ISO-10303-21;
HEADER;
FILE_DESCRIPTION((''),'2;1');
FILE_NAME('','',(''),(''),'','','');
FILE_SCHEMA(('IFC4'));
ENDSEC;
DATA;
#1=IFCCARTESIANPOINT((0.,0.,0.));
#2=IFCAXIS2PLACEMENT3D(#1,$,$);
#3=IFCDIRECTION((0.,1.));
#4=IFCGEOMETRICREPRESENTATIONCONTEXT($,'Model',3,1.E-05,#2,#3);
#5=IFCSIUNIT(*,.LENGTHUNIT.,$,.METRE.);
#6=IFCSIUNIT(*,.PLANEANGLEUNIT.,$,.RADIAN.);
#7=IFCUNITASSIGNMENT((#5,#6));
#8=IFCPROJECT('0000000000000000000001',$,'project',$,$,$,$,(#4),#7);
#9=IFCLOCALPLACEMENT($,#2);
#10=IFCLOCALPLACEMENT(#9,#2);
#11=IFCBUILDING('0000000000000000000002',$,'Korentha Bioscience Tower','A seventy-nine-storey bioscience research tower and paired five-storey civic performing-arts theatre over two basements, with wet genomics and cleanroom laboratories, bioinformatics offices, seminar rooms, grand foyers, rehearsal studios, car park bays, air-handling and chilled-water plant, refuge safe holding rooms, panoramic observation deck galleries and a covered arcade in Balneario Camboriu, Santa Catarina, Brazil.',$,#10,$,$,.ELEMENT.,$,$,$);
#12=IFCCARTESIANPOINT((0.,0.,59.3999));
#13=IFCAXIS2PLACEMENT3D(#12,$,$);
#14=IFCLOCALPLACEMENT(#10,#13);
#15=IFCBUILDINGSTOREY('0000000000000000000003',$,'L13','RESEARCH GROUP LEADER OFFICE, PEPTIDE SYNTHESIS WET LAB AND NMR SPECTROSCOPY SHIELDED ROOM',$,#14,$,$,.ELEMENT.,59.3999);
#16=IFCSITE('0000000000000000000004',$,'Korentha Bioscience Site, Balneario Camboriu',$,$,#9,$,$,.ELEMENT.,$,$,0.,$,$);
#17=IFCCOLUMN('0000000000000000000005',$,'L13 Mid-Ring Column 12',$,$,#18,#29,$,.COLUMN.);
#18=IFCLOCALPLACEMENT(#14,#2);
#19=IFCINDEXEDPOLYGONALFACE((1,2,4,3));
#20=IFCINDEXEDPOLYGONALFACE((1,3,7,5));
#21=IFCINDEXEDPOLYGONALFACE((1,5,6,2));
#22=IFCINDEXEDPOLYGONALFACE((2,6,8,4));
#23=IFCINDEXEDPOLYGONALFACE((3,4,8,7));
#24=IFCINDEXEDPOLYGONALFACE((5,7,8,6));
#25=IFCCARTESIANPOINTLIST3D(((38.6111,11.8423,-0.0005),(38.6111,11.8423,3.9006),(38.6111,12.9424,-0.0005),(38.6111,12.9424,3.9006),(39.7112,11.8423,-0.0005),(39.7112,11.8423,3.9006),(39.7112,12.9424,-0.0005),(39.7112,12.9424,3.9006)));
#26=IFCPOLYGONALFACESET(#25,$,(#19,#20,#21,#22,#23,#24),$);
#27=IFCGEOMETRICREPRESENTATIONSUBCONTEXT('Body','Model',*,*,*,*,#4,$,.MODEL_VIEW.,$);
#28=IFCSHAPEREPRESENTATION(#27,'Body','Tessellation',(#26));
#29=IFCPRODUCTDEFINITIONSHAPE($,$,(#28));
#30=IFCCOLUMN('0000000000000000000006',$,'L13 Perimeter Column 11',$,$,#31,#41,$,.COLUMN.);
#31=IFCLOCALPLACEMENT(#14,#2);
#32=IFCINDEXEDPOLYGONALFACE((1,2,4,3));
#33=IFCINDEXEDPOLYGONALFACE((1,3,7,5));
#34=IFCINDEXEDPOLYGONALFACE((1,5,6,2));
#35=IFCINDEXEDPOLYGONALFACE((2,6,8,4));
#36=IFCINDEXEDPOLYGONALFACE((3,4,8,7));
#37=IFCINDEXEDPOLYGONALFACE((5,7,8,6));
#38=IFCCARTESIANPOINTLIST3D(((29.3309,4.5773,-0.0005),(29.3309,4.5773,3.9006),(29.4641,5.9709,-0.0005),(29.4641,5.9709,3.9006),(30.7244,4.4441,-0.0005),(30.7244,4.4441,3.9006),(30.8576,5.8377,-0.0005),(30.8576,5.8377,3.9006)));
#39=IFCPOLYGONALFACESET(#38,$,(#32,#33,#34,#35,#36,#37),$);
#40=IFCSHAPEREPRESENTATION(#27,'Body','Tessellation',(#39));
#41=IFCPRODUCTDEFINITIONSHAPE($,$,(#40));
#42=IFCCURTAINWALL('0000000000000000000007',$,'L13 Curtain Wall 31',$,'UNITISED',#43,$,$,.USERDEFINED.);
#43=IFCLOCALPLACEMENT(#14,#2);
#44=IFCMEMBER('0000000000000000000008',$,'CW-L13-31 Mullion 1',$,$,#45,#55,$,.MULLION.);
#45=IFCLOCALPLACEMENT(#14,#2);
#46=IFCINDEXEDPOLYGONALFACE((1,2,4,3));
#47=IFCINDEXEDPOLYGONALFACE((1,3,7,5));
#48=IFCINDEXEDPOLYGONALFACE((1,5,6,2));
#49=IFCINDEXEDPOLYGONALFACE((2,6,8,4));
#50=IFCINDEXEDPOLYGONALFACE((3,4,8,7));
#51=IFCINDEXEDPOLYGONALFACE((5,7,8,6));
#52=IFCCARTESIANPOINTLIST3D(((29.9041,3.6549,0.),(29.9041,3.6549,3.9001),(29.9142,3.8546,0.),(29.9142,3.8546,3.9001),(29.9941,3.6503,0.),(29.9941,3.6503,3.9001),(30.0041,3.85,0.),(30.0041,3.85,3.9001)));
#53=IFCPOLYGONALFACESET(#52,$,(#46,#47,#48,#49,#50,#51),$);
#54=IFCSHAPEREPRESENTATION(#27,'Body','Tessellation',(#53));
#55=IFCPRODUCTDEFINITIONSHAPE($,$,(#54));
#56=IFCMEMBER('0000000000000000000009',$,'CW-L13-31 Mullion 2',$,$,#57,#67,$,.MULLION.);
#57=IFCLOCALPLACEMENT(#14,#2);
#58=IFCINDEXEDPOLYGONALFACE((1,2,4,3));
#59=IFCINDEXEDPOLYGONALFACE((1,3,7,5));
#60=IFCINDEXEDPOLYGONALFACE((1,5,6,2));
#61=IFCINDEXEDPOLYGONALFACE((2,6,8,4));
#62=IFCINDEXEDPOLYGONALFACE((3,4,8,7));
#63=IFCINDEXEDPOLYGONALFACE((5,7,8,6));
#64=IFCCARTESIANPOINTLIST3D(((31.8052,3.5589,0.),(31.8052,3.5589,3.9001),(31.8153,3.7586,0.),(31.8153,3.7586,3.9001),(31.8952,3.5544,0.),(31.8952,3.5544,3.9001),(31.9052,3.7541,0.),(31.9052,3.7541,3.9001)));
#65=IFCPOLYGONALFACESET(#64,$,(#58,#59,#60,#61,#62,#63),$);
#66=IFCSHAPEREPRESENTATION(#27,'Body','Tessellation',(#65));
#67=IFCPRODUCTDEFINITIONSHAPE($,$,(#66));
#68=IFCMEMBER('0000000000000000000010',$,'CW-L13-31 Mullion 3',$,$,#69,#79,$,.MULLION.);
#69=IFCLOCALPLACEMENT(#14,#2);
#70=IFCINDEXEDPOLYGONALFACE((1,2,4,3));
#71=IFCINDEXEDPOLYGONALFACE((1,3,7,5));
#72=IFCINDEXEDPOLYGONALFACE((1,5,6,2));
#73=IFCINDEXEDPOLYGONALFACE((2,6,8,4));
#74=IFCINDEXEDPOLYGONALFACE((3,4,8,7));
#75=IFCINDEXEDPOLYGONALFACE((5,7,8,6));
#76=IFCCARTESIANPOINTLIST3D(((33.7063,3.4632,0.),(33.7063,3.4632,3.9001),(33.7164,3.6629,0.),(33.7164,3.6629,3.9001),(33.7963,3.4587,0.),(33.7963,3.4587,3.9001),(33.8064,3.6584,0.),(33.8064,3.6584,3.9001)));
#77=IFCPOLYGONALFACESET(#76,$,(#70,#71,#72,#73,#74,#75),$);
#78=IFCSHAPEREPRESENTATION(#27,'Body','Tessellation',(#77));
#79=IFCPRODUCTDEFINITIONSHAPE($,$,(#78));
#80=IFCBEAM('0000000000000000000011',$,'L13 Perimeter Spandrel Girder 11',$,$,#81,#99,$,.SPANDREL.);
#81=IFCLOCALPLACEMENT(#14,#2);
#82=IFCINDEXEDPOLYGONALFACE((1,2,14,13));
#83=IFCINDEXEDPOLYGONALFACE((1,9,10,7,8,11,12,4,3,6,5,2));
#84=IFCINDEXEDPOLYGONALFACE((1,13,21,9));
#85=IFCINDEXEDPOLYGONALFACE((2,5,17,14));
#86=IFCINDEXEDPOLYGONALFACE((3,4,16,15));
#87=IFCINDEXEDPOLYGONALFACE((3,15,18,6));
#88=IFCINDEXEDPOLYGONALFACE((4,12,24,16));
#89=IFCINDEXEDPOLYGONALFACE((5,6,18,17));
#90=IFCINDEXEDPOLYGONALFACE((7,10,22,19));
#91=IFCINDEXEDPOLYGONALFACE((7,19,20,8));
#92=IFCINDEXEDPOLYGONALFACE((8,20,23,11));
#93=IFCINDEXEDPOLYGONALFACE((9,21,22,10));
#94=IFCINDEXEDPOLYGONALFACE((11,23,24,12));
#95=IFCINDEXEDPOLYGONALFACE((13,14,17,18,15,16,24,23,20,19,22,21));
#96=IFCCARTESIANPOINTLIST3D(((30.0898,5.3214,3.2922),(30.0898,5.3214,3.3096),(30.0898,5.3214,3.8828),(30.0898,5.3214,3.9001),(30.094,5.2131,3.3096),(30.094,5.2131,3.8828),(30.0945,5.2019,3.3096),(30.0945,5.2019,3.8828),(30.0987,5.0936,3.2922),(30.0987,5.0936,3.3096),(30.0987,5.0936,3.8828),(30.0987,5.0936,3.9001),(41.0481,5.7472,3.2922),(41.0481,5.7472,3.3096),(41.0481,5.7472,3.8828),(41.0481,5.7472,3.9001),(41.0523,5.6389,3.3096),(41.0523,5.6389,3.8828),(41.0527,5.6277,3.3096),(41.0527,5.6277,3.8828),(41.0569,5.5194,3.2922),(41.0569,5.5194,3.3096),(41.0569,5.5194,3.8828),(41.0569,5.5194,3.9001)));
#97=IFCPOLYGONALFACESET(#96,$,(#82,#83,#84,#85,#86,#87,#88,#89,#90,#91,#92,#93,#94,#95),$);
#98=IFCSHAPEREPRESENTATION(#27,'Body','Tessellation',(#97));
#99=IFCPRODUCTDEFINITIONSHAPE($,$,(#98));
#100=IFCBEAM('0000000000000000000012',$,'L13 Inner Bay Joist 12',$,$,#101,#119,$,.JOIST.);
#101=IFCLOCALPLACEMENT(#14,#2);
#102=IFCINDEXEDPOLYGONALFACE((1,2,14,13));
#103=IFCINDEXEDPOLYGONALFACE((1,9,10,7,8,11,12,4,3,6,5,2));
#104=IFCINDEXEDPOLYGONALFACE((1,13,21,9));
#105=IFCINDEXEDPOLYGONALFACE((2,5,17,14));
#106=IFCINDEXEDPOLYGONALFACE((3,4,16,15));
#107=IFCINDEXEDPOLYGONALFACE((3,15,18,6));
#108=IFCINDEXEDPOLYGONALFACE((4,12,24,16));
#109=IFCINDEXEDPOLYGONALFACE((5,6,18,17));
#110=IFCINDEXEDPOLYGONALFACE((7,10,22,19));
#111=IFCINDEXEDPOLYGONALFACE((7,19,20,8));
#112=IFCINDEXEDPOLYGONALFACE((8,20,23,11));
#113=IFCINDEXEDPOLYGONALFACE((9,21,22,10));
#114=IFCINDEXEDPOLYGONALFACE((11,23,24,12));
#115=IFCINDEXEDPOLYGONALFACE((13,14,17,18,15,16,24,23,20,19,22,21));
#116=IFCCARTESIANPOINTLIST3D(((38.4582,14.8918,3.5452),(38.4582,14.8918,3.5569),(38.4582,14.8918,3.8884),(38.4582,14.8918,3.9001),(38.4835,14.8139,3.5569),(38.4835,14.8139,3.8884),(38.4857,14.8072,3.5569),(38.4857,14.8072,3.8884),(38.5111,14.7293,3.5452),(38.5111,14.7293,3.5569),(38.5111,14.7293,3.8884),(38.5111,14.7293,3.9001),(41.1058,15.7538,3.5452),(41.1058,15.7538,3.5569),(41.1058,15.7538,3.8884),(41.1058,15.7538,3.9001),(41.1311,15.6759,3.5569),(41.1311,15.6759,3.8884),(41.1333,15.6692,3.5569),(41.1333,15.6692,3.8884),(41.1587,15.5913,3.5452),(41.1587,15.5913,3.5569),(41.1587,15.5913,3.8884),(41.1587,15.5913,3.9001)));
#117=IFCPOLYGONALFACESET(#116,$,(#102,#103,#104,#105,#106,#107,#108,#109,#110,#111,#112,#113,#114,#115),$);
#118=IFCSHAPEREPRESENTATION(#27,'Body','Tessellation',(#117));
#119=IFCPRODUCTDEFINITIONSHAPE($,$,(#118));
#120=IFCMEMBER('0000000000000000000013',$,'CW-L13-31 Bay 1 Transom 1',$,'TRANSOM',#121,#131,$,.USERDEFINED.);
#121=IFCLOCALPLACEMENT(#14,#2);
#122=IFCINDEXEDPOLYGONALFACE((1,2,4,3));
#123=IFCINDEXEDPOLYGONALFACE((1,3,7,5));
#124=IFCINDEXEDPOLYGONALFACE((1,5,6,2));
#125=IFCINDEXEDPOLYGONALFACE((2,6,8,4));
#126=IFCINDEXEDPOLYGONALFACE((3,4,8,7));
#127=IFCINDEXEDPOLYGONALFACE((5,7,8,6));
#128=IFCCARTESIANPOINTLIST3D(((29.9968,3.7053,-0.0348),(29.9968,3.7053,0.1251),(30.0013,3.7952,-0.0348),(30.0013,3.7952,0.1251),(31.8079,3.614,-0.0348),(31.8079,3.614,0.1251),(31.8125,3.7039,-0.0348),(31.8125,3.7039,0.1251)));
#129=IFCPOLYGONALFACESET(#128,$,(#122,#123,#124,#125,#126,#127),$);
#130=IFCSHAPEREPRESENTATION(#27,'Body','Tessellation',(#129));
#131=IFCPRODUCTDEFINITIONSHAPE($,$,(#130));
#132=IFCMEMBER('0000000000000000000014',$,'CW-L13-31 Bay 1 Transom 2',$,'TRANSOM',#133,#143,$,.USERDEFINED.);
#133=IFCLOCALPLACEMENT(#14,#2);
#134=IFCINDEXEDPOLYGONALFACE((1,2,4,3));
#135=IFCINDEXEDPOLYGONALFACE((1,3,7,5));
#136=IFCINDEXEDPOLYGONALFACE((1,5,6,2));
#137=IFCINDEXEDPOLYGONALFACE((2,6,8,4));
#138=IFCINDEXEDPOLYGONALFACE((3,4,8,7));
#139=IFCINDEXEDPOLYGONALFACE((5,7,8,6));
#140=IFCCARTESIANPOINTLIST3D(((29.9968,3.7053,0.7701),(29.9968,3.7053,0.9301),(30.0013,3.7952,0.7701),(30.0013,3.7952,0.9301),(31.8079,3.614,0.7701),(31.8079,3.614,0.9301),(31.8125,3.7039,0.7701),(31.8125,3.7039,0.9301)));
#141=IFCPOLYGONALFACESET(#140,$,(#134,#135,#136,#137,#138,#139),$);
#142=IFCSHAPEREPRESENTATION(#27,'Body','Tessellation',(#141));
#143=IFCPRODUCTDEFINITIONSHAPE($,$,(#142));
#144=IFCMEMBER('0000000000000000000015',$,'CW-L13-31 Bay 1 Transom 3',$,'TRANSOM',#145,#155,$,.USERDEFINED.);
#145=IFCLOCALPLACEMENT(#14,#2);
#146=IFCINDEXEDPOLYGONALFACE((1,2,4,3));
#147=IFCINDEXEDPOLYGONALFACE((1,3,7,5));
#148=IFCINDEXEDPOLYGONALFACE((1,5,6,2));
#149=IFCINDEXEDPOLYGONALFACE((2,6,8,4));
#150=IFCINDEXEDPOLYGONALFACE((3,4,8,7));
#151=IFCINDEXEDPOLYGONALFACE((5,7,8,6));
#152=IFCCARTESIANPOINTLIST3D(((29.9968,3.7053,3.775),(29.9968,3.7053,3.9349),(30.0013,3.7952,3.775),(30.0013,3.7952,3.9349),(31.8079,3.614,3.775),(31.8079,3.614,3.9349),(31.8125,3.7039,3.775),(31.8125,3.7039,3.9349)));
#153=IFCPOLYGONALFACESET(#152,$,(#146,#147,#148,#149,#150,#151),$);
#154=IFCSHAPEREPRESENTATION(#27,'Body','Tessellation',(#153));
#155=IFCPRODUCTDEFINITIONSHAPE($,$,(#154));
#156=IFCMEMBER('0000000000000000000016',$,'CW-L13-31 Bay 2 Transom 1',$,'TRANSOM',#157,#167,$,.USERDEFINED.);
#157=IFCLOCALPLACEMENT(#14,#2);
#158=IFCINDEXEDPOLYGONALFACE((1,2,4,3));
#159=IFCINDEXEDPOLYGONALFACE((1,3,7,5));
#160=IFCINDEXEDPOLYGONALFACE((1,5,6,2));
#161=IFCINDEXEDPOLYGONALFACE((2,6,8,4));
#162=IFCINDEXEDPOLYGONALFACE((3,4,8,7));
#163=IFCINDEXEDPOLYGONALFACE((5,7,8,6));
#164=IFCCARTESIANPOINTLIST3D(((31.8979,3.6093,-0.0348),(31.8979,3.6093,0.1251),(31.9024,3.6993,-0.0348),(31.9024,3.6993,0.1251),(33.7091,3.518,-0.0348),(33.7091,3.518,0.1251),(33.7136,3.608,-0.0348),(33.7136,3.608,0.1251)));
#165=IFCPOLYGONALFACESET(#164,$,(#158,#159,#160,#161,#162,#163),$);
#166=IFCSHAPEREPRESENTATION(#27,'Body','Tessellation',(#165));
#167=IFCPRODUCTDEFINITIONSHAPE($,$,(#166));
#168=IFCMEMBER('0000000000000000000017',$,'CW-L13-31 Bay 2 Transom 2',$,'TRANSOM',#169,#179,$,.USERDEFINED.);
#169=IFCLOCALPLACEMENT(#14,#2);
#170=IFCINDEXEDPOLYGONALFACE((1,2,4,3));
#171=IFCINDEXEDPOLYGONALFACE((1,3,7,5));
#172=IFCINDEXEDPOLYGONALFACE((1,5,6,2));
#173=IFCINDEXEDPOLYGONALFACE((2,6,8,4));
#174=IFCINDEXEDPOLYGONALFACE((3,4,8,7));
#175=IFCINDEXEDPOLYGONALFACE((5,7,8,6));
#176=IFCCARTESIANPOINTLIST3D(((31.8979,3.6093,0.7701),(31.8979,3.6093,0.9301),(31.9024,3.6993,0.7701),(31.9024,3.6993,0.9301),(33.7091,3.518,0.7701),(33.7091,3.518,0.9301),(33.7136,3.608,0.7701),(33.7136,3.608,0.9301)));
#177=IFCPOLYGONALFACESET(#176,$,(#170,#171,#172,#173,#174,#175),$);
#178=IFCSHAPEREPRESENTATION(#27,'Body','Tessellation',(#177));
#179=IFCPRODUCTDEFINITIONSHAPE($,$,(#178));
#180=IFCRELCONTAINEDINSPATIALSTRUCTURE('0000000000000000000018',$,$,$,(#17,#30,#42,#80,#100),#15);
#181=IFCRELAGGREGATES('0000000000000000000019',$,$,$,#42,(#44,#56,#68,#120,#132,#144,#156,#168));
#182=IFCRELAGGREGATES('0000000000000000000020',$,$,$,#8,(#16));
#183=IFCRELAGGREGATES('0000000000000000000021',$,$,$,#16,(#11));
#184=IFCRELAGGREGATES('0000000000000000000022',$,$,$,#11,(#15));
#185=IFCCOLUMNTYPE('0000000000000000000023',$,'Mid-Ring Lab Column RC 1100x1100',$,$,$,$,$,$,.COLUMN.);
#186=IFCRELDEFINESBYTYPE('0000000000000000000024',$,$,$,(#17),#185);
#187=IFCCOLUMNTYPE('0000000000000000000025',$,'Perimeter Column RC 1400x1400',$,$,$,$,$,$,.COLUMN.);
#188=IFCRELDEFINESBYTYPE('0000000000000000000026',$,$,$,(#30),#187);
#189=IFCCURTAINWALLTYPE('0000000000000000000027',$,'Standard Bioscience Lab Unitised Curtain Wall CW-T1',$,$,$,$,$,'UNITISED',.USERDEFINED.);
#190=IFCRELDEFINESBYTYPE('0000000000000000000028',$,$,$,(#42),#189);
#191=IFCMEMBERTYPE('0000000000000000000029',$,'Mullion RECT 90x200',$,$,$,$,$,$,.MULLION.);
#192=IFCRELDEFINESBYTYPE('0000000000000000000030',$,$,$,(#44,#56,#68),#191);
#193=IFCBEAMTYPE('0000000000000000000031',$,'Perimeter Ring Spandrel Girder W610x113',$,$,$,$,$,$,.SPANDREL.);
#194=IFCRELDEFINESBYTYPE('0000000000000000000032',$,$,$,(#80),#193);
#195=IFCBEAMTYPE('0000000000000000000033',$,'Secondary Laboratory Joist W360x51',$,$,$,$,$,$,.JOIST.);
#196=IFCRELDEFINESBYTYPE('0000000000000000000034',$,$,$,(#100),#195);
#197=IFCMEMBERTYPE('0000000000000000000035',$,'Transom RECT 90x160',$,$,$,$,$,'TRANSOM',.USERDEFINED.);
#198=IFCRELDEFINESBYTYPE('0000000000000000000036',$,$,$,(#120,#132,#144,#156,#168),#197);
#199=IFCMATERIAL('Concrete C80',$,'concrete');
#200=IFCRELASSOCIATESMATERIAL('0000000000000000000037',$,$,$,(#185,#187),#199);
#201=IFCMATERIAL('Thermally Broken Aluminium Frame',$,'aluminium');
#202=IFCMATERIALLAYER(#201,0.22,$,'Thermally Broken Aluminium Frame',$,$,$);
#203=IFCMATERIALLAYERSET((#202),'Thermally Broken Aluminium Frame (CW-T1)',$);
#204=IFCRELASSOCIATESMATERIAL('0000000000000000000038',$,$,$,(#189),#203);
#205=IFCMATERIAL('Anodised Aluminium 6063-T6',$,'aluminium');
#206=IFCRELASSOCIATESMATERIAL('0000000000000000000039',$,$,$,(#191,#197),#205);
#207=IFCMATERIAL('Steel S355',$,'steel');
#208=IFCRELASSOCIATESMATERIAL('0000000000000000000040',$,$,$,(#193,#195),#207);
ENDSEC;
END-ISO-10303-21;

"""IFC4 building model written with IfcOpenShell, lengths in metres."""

from ifc_helpers import new_model, si_unit, direction, frame, origin, origin_2d, place, context, subcontext, project, spatial, rectangle, i_section, extrude, material, layer, layer_set, material_profile, profile_set, type_object, element, aggregate, save


model = new_model("IFC4")

# Units and contexts
model_context = context("Model", 3, precision=1e-05, world=origin(), true_north=direction((0.0, 1.0)))
body_context = subcontext(model_context, "Body", "Model", "MODEL_VIEW")
ifc_project = project(units=[si_unit("LENGTHUNIT", "METRE"), si_unit("PLANEANGLEUNIT", "RADIAN")], contexts=[model_context])

# Site, building, storey
site_placement = place(None, origin())
site = spatial("IfcSite", under=ifc_project, at=site_placement, Name="Korentha Bioscience Site, Balneario Camboriu", CompositionType="ELEMENT", RefElevation=0.0)
building_placement = place(site_placement, origin())
building = spatial("IfcBuilding", under=site, at=building_placement, Name="Korentha Bioscience Tower", Description="A seventy-nine-storey bioscience research tower and paired five-storey civic performing-arts theatre over two basements, with wet genomics and cleanroom laboratories, bioinformatics offices, seminar rooms, grand foyers, rehearsal studios, car park bays, air-handling and chilled-water plant, refuge safe holding rooms, panoramic observation deck galleries and a covered arcade in Balneario Camboriu, Santa Catarina, Brazil.", CompositionType="ELEMENT")
storey_placement = place(building_placement, frame((0.0, 0.0, 59.3999)))
storey = spatial("IfcBuildingStorey", under=building, at=storey_placement, Name="L13", Description="RESEARCH GROUP LEADER OFFICE, PEPTIDE SYNTHESIS WET LAB AND NMR SPECTROSCOPY SHIELDED ROOM", CompositionType="ELEMENT", Elevation=59.3999)

# Columns
ifc_material_1 = material(Name="Concrete C80", Category="concrete")
ifc_material_profile_1 = material_profile(ifc_material_1, rectangle(XDim=1.1001, YDim=1.1001, at=origin_2d()), Name="Concrete C80")
ifc_profile_set_1 = profile_set([ifc_material_profile_1], Name="Concrete C80 (COL-MR11)")
column_type_1 = type_object("IfcColumnType", Name="Mid-Ring Lab Column RC 1100x1100", PredefinedType="COLUMN", material=ifc_profile_set_1)
column_1_placement = place(storey_placement, frame((39.1611, 12.3923, -0.0005), z_axis=(0.0, 0.0, 1.0), x_axis=(1.0, 0.0, 0.0)))
element("IfcColumn", 1, at=column_1_placement, inside=storey, type_object=column_type_1, Name="L13 Mid-Ring Column 12", PredefinedType="COLUMN", context=body_context, shape_type="SweptSolid", body=[
    extrude(rectangle(XDim=1.1001, YDim=1.1001, at=origin_2d()), origin(), (0.0, 0.0, 1.0), 3.9011),
])
ifc_material_profile_2 = material_profile(ifc_material_1, rectangle(XDim=1.3999, YDim=1.3999, at=origin_2d()), Name="Concrete C80")
ifc_profile_set_2 = profile_set([ifc_material_profile_2], Name="Concrete C80 (COL-P14)")
column_type_2 = type_object("IfcColumnType", Name="Perimeter Column RC 1400x1400", PredefinedType="COLUMN", material=ifc_profile_set_2)
column_2_placement = place(storey_placement, frame((30.0942, 5.2075, -0.0005), z_axis=(0.0, 0.0, 1.0), x_axis=(-0.995463, 0.095151, 0.0)))
element("IfcColumn", 2, at=column_2_placement, inside=storey, type_object=column_type_2, Name="L13 Perimeter Column 11", PredefinedType="COLUMN", context=body_context, shape_type="SweptSolid", body=[
    extrude(rectangle(XDim=1.3999, YDim=1.3999, at=origin_2d()), origin(), (0.0, 0.0, 1.0), 3.9011),
])

# Curtain wall, members
ifc_material_2 = material(Name="Thermally Broken Aluminium Frame", Category="aluminium")
ifc_layer_1 = layer(ifc_material_2, 0.22, Name="Thermally Broken Aluminium Frame")
ifc_layer_set_1 = layer_set([ifc_layer_1], Name="Thermally Broken Aluminium Frame (CW-T1)")
curtain_wall_type = type_object("IfcCurtainWallType", Name="Standard Bioscience Lab Unitised Curtain Wall CW-T1", ElementType="UNITISED", PredefinedType="USERDEFINED", material=ifc_layer_set_1)
curtain_wall_placement = place(storey_placement, origin())
curtain_wall = element("IfcCurtainWall", 3, at=curtain_wall_placement, inside=storey, type_object=curtain_wall_type, Name="L13 Curtain Wall 31", ObjectType="UNITISED", PredefinedType="USERDEFINED")
ifc_material_3 = material(Name="Anodised Aluminium 6063-T6", Category="aluminium")
ifc_material_profile_3 = material_profile(ifc_material_3, rectangle(XDim=0.0901, YDim=0.2, at=origin_2d()), Name="Anodised Aluminium 6063-T6")
ifc_profile_set_3 = profile_set([ifc_material_profile_3], Name="Anodised Aluminium 6063-T6 (CW-MUL)")
member_type_1 = type_object("IfcMemberType", Name="Mullion RECT 90x200", PredefinedType="MULLION", material=ifc_profile_set_3)
member_1_placement = place(storey_placement, frame((29.9541, 3.7524, 0.0), z_axis=(0.0, 0.0, 1.0), x_axis=(0.998731, -0.050371, 0.0)))
member_1 = element("IfcMember", 4, at=member_1_placement, type_object=member_type_1, Name="CW-L13-31 Mullion 1", PredefinedType="MULLION", context=body_context, shape_type="SweptSolid", body=[
    extrude(rectangle(XDim=0.0901, YDim=0.2, at=origin_2d()), origin(), (0.0, 0.0, 1.0), 3.9001),
])
member_2_placement = place(storey_placement, frame((31.8552, 3.6565, 0.0), z_axis=(0.0, 0.0, 1.0), x_axis=(0.998731, -0.050371, 0.0)))
member_2 = element("IfcMember", 5, at=member_2_placement, type_object=member_type_1, Name="CW-L13-31 Mullion 2", PredefinedType="MULLION", context=body_context, shape_type="SweptSolid", body=[
    extrude(rectangle(XDim=0.0901, YDim=0.2, at=origin_2d()), origin(), (0.0, 0.0, 1.0), 3.9001),
])
member_3_placement = place(storey_placement, frame((33.7563, 3.5608, 0.0), z_axis=(0.0, 0.0, 1.0), x_axis=(0.998731, -0.050371, 0.0)))
member_3 = element("IfcMember", 6, at=member_3_placement, type_object=member_type_1, Name="CW-L13-31 Mullion 3", PredefinedType="MULLION", context=body_context, shape_type="SweptSolid", body=[
    extrude(rectangle(XDim=0.0901, YDim=0.2, at=origin_2d()), origin(), (0.0, 0.0, 1.0), 3.9001),
])

# Beams
ifc_material_4 = material(Name="Steel S355", Category="steel")
ifc_material_profile_4 = material_profile(ifc_material_4, i_section(OverallWidth=0.228, OverallDepth=0.6079, WebThickness=0.0112, FlangeThickness=0.0173, at=origin_2d()), Name="Steel S355")
ifc_profile_set_4 = profile_set([ifc_material_profile_4], Name="Steel S355 (SB-610)")
beam_type_1 = type_object("IfcBeamType", Name="Perimeter Ring Spandrel Girder W610x113", PredefinedType="SPANDREL", material=ifc_profile_set_4)
beam_1_placement = place(storey_placement, frame((30.0942, 5.2075, 3.5962), z_axis=(0.999246, 0.038826, 0.0), x_axis=(-0.038826, 0.999246, 0.0)))
element("IfcBeam", 7, at=beam_1_placement, inside=storey, type_object=beam_type_1, Name="L13 Perimeter Spandrel Girder 11", PredefinedType="SPANDREL", context=body_context, shape_type="SweptSolid", body=[
    extrude(i_section(OverallWidth=0.228, OverallDepth=0.6079, WebThickness=0.0112, FlangeThickness=0.0173, at=origin_2d()), origin(), (0.0, 0.0, 1.0), 10.9666),
])
ifc_material_profile_5 = material_profile(ifc_material_4, i_section(OverallWidth=0.1709, OverallDepth=0.355, WebThickness=0.0071, FlangeThickness=0.0117, at=origin_2d()), Name="Steel S355")
ifc_profile_set_5 = profile_set([ifc_material_profile_5], Name="Steel S355 (JB-360)")
beam_type_2 = type_object("IfcBeamType", Name="Secondary Laboratory Joist W360x51", PredefinedType="JOIST", material=ifc_profile_set_5)
beam_2_placement = place(storey_placement, frame((38.4846, 14.8105, 3.7227), z_axis=(0.95087, 0.309592, 0.0), x_axis=(-0.309592, 0.95087, 0.0)))
element("IfcBeam", 8, at=beam_2_placement, inside=storey, type_object=beam_type_2, Name="L13 Inner Bay Joist 12", PredefinedType="JOIST", context=body_context, shape_type="SweptSolid", body=[
    extrude(i_section(OverallWidth=0.1709, OverallDepth=0.355, WebThickness=0.0071, FlangeThickness=0.0117, at=origin_2d()), origin(), (0.0, 0.0, 1.0), 2.7844),
])

# Members
ifc_material_profile_6 = material_profile(ifc_material_3, rectangle(XDim=0.0901, YDim=0.1599, at=origin_2d()), Name="Anodised Aluminium 6063-T6")
ifc_profile_set_6 = profile_set([ifc_material_profile_6], Name="Anodised Aluminium 6063-T6 (CW-TRN)")
member_type_2 = type_object("IfcMemberType", Name="Transom RECT 90x160", ElementType="TRANSOM", PredefinedType="USERDEFINED", material=ifc_profile_set_6)
member_4_placement = place(storey_placement, frame((29.999, 3.7502, 0.0452), z_axis=(0.998732, -0.050347, 0.0), x_axis=(0.050347, 0.998732, 0.0)))
member_4 = element("IfcMember", 9, at=member_4_placement, type_object=member_type_2, Name="CW-L13-31 Bay 1 Transom 1", ObjectType="TRANSOM", PredefinedType="USERDEFINED", context=body_context, shape_type="SweptSolid", body=[
    extrude(rectangle(XDim=0.0901, YDim=0.1599, at=origin_2d()), origin(), (0.0, 0.0, 1.0), 1.8135),
])
member_5_placement = place(storey_placement, frame((29.999, 3.7502, 0.8501), z_axis=(0.998732, -0.050347, 0.0), x_axis=(0.050347, 0.998732, 0.0)))
member_5 = element("IfcMember", 10, at=member_5_placement, type_object=member_type_2, Name="CW-L13-31 Bay 1 Transom 2", ObjectType="TRANSOM", PredefinedType="USERDEFINED", context=body_context, shape_type="SweptSolid", body=[
    extrude(rectangle(XDim=0.0901, YDim=0.1599, at=origin_2d()), origin(), (0.0, 0.0, 1.0), 1.8135),
])
member_6_placement = place(storey_placement, frame((29.999, 3.7502, 3.855), z_axis=(0.998732, -0.050347, 0.0), x_axis=(0.050347, 0.998732, 0.0)))
member_6 = element("IfcMember", 11, at=member_6_placement, type_object=member_type_2, Name="CW-L13-31 Bay 1 Transom 3", ObjectType="TRANSOM", PredefinedType="USERDEFINED", context=body_context, shape_type="SweptSolid", body=[
    extrude(rectangle(XDim=0.0901, YDim=0.1599, at=origin_2d()), origin(), (0.0, 0.0, 1.0), 1.8135),
])
member_7_placement = place(storey_placement, frame((31.9001, 3.6543, 0.0452), z_axis=(0.998732, -0.050347, 0.0), x_axis=(0.050347, 0.998732, 0.0)))
member_7 = element("IfcMember", 12, at=member_7_placement, type_object=member_type_2, Name="CW-L13-31 Bay 2 Transom 1", ObjectType="TRANSOM", PredefinedType="USERDEFINED", context=body_context, shape_type="SweptSolid", body=[
    extrude(rectangle(XDim=0.0901, YDim=0.1599, at=origin_2d()), origin(), (0.0, 0.0, 1.0), 1.8135),
])
member_8_placement = place(storey_placement, frame((31.9001, 3.6543, 0.8501), z_axis=(0.998732, -0.050347, 0.0), x_axis=(0.050347, 0.998732, 0.0)))
member_8 = element("IfcMember", 13, at=member_8_placement, type_object=member_type_2, Name="CW-L13-31 Bay 2 Transom 2", ObjectType="TRANSOM", PredefinedType="USERDEFINED", context=body_context, shape_type="SweptSolid", body=[
    extrude(rectangle(XDim=0.0901, YDim=0.1599, at=origin_2d()), origin(), (0.0, 0.0, 1.0), 1.8135),
])

aggregate(curtain_wall, [member_1, member_2, member_3, member_4, member_5, member_6, member_7, member_8])

save(model, "model.ifc")
